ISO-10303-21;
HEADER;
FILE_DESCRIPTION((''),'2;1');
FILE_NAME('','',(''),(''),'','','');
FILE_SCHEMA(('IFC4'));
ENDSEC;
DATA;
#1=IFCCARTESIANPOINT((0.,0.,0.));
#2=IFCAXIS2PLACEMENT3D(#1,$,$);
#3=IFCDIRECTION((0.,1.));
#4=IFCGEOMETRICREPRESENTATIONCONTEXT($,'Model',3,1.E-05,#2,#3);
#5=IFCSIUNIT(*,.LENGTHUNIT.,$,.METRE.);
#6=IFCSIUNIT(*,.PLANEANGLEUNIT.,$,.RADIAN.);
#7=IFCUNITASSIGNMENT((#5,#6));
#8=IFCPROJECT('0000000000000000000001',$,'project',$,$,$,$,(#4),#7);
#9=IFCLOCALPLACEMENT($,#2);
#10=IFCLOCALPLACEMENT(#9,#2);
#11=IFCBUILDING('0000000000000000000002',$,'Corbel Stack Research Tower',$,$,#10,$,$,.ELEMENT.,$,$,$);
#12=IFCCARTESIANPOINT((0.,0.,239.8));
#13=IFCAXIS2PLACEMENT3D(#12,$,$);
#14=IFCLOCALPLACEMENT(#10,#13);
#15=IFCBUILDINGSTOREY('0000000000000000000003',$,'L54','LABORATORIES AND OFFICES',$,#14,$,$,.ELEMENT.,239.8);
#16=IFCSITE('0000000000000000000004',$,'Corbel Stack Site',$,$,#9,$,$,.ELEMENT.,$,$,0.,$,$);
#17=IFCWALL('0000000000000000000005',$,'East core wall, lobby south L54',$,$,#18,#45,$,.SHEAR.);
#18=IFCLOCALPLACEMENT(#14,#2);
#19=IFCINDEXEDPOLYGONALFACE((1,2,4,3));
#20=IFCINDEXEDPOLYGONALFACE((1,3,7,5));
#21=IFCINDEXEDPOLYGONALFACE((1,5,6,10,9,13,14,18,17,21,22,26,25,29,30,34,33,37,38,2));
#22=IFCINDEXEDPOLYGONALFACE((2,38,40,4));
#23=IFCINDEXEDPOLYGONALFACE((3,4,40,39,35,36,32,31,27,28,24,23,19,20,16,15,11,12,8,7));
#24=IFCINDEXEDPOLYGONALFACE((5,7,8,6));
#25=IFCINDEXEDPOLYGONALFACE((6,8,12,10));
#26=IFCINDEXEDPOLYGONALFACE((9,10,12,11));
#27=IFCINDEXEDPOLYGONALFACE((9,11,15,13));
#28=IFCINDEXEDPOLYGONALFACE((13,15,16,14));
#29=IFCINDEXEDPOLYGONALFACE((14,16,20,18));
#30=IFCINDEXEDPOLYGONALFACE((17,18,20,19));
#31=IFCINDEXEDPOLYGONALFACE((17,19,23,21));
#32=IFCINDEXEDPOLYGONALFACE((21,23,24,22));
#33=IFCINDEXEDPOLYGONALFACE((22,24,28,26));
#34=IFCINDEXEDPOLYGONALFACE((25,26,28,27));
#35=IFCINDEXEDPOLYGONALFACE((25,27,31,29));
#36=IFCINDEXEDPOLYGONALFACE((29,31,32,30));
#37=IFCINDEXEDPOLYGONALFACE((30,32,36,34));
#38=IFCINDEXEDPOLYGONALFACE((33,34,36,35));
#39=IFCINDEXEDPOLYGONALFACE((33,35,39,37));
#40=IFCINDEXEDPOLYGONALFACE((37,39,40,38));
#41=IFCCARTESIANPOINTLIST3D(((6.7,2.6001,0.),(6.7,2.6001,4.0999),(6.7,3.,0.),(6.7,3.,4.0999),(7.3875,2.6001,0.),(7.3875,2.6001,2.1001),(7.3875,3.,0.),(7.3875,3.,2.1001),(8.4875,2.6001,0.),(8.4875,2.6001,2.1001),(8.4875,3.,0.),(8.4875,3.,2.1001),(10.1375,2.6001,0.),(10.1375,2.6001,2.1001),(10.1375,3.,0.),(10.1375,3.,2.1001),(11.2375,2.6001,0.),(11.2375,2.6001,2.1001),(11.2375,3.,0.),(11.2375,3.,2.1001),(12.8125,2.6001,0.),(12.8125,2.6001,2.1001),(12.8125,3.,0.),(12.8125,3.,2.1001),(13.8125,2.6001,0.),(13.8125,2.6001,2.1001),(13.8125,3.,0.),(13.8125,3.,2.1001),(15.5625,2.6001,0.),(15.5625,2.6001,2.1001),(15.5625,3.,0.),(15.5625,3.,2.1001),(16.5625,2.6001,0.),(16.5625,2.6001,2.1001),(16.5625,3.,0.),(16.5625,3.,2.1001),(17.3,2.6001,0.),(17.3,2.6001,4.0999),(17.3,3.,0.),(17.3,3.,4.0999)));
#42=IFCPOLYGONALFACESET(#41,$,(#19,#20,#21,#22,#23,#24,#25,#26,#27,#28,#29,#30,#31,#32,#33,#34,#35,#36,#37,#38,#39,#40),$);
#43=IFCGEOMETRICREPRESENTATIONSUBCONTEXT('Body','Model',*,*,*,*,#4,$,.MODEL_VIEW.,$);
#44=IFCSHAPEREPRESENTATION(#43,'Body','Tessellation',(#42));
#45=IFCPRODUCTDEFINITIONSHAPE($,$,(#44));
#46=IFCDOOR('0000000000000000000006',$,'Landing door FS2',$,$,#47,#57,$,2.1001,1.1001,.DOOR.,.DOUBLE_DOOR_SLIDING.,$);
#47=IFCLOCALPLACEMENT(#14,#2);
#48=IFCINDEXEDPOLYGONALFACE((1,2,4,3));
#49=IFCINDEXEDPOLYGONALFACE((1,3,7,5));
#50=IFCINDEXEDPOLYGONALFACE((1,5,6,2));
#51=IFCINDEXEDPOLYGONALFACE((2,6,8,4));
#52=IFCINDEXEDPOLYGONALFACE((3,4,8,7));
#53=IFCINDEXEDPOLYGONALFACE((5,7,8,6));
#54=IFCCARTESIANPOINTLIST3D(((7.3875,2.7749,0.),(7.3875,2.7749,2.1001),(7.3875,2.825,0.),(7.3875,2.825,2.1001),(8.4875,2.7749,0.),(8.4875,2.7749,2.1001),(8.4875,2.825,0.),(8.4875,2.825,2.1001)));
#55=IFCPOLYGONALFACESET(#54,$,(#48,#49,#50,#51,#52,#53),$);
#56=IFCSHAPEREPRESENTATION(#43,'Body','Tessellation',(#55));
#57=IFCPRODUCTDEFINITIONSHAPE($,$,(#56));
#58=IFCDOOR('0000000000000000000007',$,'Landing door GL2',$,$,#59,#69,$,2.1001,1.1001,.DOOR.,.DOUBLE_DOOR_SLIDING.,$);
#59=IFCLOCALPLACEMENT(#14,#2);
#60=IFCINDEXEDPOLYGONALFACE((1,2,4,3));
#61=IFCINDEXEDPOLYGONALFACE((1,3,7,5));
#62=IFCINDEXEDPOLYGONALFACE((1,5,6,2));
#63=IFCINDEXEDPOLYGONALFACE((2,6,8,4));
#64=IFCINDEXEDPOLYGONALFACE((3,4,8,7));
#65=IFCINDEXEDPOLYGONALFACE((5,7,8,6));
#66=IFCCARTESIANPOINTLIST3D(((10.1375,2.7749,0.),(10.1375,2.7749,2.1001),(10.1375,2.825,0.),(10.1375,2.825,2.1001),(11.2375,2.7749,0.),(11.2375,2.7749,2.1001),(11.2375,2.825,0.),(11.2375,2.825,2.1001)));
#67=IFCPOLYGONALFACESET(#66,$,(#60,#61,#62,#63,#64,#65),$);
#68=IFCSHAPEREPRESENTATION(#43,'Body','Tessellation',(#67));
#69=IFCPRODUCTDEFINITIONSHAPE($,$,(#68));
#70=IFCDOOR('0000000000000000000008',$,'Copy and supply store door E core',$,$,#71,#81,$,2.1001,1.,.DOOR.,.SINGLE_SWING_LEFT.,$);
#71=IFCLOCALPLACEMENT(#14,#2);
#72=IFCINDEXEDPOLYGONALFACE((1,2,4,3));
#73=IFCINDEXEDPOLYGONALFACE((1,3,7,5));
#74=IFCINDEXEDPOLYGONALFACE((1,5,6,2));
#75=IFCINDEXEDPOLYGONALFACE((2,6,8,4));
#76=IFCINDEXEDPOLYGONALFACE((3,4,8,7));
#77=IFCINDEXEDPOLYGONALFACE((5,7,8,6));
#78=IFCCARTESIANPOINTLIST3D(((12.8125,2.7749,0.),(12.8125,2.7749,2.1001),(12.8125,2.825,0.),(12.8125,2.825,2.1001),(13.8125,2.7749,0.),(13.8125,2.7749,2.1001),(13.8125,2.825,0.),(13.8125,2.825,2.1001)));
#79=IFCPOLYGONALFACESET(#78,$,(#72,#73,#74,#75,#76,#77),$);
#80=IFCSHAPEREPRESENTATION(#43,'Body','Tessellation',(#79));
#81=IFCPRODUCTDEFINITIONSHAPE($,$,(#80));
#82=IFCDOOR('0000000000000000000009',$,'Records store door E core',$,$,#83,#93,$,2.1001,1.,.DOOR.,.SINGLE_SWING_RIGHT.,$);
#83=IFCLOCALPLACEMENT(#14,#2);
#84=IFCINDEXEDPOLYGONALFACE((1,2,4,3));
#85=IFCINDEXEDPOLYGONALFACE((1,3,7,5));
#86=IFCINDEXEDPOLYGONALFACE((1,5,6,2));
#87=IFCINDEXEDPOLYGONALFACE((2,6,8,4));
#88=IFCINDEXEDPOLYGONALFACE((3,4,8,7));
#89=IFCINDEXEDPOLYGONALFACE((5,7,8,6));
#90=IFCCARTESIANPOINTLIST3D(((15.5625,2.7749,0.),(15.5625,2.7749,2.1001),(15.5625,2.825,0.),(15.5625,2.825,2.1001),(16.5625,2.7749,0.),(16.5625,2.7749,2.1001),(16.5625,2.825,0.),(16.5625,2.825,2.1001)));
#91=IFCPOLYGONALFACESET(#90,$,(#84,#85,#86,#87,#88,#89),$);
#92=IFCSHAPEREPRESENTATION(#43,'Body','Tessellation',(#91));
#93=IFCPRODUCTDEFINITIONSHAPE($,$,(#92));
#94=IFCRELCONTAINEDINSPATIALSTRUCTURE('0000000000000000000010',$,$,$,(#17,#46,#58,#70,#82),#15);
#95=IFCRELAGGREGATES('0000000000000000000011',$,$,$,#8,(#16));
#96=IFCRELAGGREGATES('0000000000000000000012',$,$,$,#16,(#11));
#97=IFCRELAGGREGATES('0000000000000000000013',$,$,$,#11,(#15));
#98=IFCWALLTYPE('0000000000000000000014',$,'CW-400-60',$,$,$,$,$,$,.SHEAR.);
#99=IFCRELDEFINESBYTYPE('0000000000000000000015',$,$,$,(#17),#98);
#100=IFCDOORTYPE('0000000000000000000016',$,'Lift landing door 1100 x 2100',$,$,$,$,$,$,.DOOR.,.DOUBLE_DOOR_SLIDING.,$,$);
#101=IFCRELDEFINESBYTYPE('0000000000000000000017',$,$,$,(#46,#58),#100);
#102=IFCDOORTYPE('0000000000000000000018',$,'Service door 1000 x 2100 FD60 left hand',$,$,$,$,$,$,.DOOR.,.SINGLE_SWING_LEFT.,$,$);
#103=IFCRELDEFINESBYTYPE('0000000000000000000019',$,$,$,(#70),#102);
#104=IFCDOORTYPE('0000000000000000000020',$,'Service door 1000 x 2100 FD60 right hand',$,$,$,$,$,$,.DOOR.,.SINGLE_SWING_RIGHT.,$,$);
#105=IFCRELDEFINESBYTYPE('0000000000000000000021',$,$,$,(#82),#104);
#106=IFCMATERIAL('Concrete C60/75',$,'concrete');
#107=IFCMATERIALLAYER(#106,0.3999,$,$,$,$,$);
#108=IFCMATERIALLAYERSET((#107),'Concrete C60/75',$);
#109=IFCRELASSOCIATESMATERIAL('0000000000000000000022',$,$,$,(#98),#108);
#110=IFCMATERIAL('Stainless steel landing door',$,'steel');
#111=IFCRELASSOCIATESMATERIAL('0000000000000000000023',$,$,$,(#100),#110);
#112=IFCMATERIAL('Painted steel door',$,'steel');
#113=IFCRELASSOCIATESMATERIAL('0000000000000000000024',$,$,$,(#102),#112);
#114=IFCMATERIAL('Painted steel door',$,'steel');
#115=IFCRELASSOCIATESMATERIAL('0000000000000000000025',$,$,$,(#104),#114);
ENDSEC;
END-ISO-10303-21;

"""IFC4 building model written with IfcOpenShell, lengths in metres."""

from ifc_helpers import new_model, si_unit, direction, frame, frame_2d, origin, place, context, subcontext, project, spatial, rectangle, extrude, material, layer, layer_set, type_object, element, fill, save


model = new_model("IFC4")

# Units and contexts
model_context = context("Model", 3, precision=1e-05, world=origin(), true_north=direction((0.0, 1.0)))
body_context = subcontext(model_context, "Body", "Model", "MODEL_VIEW")
ifc_project = project(units=[si_unit("LENGTHUNIT", "METRE"), si_unit("PLANEANGLEUNIT", "RADIAN")], contexts=[model_context])

# Site, building, storey
site_placement = place(None, origin())
site = spatial("IfcSite", under=ifc_project, at=site_placement, Name="Corbel Stack Site", CompositionType="ELEMENT", RefElevation=0.0)
building_placement = place(site_placement, origin())
building = spatial("IfcBuilding", under=site, at=building_placement, Name="Corbel Stack Research Tower", CompositionType="ELEMENT")
storey_placement = place(building_placement, frame((0.0, 0.0, 239.8)))
storey = spatial("IfcBuildingStorey", under=building, at=storey_placement, Name="L54", Description="LABORATORIES AND OFFICES", CompositionType="ELEMENT", Elevation=239.8)

# Wall, openings, doors
ifc_material_1 = material(Name="Concrete C60/75", Category="concrete")
ifc_layer_1 = layer(ifc_material_1, 0.3999)
ifc_layer_set_1 = layer_set([ifc_layer_1], Name="Concrete C60/75")
wall_type_1 = type_object("IfcWallType", Name="CW-400-60", PredefinedType="SHEAR", material=ifc_layer_set_1)
wall_1_placement = place(storey_placement, frame((6.7, 2.8, 0.0), z_axis=(0.0, 0.0, 1.0), x_axis=(1.0, 0.0, 0.0)))
wall_1 = element("IfcWall", 1, at=wall_1_placement, inside=storey, type_object=wall_type_1, Name="East core wall, lobby south L54", PredefinedType="SHEAR", context=body_context, shape_type="SweptSolid", body=[
    extrude(rectangle(XDim=10.6001, YDim=0.3999, at=frame_2d((5.3, 0.0))), origin(), (0.0, 0.0, 1.0), 4.0999),
])
opening_1_placement = place(wall_1_placement, frame((0.6875, 0.0, 0.0)))
opening_1 = element("IfcOpeningElement", 2, at=opening_1_placement, cuts=wall_1, PredefinedType="OPENING", context=body_context, shape_type="SweptSolid", body=[
    extrude(rectangle(XDim=1.1001, YDim=2.1001, at=frame_2d((0.55, 1.05))), frame((0.0, 0.21, 0.0), z_axis=(0.0, -1.0, 0.0), x_axis=(1.0, 0.0, 0.0)), (0.0, 0.0, 1.0), 0.4199),
])
opening_2_placement = place(wall_1_placement, frame((3.4375, 0.0, 0.0)))
opening_2 = element("IfcOpeningElement", 3, at=opening_2_placement, cuts=wall_1, PredefinedType="OPENING", context=body_context, shape_type="SweptSolid", body=[
    extrude(rectangle(XDim=1.1001, YDim=2.1001, at=frame_2d((0.55, 1.05))), frame((0.0, 0.21, 0.0), z_axis=(0.0, -1.0, 0.0), x_axis=(1.0, 0.0, 0.0)), (0.0, 0.0, 1.0), 0.4199),
])
opening_3_placement = place(wall_1_placement, frame((6.1125, 0.0, 0.0)))
opening_3 = element("IfcOpeningElement", 4, at=opening_3_placement, cuts=wall_1, PredefinedType="OPENING", context=body_context, shape_type="SweptSolid", body=[
    extrude(rectangle(XDim=1.0, YDim=2.1001, at=frame_2d((0.5, 1.05))), frame((0.0, 0.21, 0.0), z_axis=(0.0, -1.0, 0.0), x_axis=(1.0, 0.0, 0.0)), (0.0, 0.0, 1.0), 0.4199),
])
opening_4_placement = place(wall_1_placement, frame((8.8625, 0.0, 0.0)))
opening_4 = element("IfcOpeningElement", 5, at=opening_4_placement, cuts=wall_1, PredefinedType="OPENING", context=body_context, shape_type="SweptSolid", body=[
    extrude(rectangle(XDim=1.0, YDim=2.1001, at=frame_2d((0.5, 1.05))), frame((0.0, 0.21, 0.0), z_axis=(0.0, -1.0, 0.0), x_axis=(1.0, 0.0, 0.0)), (0.0, 0.0, 1.0), 0.4199),
])
ifc_material_2 = material(Name="Stainless steel landing door", Category="steel")
door_type_1 = type_object("IfcDoorType", Name="Lift landing door 1100 x 2100", OperationType="DOUBLE_DOOR_SLIDING", PredefinedType="DOOR", material=ifc_material_2)
door_1_placement = place(opening_1_placement, origin())
door_1 = element("IfcDoor", 6, at=door_1_placement, inside=storey, type_object=door_type_1, Name="Landing door FS2", OperationType="DOUBLE_DOOR_SLIDING", OverallHeight=2.1001, OverallWidth=1.1001, PredefinedType="DOOR", context=body_context, shape_type="SweptSolid", body=[
    extrude(rectangle(XDim=1.1001, YDim=2.1001, at=frame_2d((0.55, 1.05))), frame((0.0, 0.0249, 0.0), z_axis=(0.0, -1.0, 0.0), x_axis=(1.0, 0.0, 0.0)), (0.0, 0.0, 1.0), 0.05),
])
fill(opening_1, door_1)
door_2_placement = place(opening_2_placement, origin())
door_2 = element("IfcDoor", 7, at=door_2_placement, inside=storey, type_object=door_type_1, Name="Landing door GL2", OperationType="DOUBLE_DOOR_SLIDING", OverallHeight=2.1001, OverallWidth=1.1001, PredefinedType="DOOR", context=body_context, shape_type="SweptSolid", body=[
    extrude(rectangle(XDim=1.1001, YDim=2.1001, at=frame_2d((0.55, 1.05))), frame((0.0, 0.0249, 0.0), z_axis=(0.0, -1.0, 0.0), x_axis=(1.0, 0.0, 0.0)), (0.0, 0.0, 1.0), 0.05),
])
fill(opening_2, door_2)
ifc_material_3 = material(Name="Painted steel door", Category="steel")
door_type_2 = type_object("IfcDoorType", Name="Service door 1000 x 2100 FD60 left hand", OperationType="SINGLE_SWING_LEFT", PredefinedType="DOOR", material=ifc_material_3)
door_3_placement = place(opening_3_placement, origin())
door_3 = element("IfcDoor", 8, at=door_3_placement, inside=storey, type_object=door_type_2, Name="Copy and supply store door E core", OperationType="SINGLE_SWING_LEFT", OverallHeight=2.1001, OverallWidth=1.0, PredefinedType="DOOR", context=body_context, shape_type="SweptSolid", body=[
    extrude(rectangle(XDim=1.0, YDim=2.1001, at=frame_2d((0.5, 1.05))), frame((0.0, 0.0249, 0.0), z_axis=(0.0, -1.0, 0.0), x_axis=(1.0, 0.0, 0.0)), (0.0, 0.0, 1.0), 0.05),
])
fill(opening_3, door_3)
ifc_material_4 = material(Name="Painted steel door", Category="steel")
door_type_3 = type_object("IfcDoorType", Name="Service door 1000 x 2100 FD60 right hand", OperationType="SINGLE_SWING_RIGHT", PredefinedType="DOOR", material=ifc_material_4)
door_4_placement = place(opening_4_placement, origin())
door_4 = element("IfcDoor", 9, at=door_4_placement, inside=storey, type_object=door_type_3, Name="Records store door E core", OperationType="SINGLE_SWING_RIGHT", OverallHeight=2.1001, OverallWidth=1.0, PredefinedType="DOOR", context=body_context, shape_type="SweptSolid", body=[
    extrude(rectangle(XDim=1.0, YDim=2.1001, at=frame_2d((0.5, 1.05))), frame((0.0, 0.0249, 0.0), z_axis=(0.0, -1.0, 0.0), x_axis=(1.0, 0.0, 0.0)), (0.0, 0.0, 1.0), 0.05),
])
fill(opening_4, door_4)

save(model, "model.ifc")
